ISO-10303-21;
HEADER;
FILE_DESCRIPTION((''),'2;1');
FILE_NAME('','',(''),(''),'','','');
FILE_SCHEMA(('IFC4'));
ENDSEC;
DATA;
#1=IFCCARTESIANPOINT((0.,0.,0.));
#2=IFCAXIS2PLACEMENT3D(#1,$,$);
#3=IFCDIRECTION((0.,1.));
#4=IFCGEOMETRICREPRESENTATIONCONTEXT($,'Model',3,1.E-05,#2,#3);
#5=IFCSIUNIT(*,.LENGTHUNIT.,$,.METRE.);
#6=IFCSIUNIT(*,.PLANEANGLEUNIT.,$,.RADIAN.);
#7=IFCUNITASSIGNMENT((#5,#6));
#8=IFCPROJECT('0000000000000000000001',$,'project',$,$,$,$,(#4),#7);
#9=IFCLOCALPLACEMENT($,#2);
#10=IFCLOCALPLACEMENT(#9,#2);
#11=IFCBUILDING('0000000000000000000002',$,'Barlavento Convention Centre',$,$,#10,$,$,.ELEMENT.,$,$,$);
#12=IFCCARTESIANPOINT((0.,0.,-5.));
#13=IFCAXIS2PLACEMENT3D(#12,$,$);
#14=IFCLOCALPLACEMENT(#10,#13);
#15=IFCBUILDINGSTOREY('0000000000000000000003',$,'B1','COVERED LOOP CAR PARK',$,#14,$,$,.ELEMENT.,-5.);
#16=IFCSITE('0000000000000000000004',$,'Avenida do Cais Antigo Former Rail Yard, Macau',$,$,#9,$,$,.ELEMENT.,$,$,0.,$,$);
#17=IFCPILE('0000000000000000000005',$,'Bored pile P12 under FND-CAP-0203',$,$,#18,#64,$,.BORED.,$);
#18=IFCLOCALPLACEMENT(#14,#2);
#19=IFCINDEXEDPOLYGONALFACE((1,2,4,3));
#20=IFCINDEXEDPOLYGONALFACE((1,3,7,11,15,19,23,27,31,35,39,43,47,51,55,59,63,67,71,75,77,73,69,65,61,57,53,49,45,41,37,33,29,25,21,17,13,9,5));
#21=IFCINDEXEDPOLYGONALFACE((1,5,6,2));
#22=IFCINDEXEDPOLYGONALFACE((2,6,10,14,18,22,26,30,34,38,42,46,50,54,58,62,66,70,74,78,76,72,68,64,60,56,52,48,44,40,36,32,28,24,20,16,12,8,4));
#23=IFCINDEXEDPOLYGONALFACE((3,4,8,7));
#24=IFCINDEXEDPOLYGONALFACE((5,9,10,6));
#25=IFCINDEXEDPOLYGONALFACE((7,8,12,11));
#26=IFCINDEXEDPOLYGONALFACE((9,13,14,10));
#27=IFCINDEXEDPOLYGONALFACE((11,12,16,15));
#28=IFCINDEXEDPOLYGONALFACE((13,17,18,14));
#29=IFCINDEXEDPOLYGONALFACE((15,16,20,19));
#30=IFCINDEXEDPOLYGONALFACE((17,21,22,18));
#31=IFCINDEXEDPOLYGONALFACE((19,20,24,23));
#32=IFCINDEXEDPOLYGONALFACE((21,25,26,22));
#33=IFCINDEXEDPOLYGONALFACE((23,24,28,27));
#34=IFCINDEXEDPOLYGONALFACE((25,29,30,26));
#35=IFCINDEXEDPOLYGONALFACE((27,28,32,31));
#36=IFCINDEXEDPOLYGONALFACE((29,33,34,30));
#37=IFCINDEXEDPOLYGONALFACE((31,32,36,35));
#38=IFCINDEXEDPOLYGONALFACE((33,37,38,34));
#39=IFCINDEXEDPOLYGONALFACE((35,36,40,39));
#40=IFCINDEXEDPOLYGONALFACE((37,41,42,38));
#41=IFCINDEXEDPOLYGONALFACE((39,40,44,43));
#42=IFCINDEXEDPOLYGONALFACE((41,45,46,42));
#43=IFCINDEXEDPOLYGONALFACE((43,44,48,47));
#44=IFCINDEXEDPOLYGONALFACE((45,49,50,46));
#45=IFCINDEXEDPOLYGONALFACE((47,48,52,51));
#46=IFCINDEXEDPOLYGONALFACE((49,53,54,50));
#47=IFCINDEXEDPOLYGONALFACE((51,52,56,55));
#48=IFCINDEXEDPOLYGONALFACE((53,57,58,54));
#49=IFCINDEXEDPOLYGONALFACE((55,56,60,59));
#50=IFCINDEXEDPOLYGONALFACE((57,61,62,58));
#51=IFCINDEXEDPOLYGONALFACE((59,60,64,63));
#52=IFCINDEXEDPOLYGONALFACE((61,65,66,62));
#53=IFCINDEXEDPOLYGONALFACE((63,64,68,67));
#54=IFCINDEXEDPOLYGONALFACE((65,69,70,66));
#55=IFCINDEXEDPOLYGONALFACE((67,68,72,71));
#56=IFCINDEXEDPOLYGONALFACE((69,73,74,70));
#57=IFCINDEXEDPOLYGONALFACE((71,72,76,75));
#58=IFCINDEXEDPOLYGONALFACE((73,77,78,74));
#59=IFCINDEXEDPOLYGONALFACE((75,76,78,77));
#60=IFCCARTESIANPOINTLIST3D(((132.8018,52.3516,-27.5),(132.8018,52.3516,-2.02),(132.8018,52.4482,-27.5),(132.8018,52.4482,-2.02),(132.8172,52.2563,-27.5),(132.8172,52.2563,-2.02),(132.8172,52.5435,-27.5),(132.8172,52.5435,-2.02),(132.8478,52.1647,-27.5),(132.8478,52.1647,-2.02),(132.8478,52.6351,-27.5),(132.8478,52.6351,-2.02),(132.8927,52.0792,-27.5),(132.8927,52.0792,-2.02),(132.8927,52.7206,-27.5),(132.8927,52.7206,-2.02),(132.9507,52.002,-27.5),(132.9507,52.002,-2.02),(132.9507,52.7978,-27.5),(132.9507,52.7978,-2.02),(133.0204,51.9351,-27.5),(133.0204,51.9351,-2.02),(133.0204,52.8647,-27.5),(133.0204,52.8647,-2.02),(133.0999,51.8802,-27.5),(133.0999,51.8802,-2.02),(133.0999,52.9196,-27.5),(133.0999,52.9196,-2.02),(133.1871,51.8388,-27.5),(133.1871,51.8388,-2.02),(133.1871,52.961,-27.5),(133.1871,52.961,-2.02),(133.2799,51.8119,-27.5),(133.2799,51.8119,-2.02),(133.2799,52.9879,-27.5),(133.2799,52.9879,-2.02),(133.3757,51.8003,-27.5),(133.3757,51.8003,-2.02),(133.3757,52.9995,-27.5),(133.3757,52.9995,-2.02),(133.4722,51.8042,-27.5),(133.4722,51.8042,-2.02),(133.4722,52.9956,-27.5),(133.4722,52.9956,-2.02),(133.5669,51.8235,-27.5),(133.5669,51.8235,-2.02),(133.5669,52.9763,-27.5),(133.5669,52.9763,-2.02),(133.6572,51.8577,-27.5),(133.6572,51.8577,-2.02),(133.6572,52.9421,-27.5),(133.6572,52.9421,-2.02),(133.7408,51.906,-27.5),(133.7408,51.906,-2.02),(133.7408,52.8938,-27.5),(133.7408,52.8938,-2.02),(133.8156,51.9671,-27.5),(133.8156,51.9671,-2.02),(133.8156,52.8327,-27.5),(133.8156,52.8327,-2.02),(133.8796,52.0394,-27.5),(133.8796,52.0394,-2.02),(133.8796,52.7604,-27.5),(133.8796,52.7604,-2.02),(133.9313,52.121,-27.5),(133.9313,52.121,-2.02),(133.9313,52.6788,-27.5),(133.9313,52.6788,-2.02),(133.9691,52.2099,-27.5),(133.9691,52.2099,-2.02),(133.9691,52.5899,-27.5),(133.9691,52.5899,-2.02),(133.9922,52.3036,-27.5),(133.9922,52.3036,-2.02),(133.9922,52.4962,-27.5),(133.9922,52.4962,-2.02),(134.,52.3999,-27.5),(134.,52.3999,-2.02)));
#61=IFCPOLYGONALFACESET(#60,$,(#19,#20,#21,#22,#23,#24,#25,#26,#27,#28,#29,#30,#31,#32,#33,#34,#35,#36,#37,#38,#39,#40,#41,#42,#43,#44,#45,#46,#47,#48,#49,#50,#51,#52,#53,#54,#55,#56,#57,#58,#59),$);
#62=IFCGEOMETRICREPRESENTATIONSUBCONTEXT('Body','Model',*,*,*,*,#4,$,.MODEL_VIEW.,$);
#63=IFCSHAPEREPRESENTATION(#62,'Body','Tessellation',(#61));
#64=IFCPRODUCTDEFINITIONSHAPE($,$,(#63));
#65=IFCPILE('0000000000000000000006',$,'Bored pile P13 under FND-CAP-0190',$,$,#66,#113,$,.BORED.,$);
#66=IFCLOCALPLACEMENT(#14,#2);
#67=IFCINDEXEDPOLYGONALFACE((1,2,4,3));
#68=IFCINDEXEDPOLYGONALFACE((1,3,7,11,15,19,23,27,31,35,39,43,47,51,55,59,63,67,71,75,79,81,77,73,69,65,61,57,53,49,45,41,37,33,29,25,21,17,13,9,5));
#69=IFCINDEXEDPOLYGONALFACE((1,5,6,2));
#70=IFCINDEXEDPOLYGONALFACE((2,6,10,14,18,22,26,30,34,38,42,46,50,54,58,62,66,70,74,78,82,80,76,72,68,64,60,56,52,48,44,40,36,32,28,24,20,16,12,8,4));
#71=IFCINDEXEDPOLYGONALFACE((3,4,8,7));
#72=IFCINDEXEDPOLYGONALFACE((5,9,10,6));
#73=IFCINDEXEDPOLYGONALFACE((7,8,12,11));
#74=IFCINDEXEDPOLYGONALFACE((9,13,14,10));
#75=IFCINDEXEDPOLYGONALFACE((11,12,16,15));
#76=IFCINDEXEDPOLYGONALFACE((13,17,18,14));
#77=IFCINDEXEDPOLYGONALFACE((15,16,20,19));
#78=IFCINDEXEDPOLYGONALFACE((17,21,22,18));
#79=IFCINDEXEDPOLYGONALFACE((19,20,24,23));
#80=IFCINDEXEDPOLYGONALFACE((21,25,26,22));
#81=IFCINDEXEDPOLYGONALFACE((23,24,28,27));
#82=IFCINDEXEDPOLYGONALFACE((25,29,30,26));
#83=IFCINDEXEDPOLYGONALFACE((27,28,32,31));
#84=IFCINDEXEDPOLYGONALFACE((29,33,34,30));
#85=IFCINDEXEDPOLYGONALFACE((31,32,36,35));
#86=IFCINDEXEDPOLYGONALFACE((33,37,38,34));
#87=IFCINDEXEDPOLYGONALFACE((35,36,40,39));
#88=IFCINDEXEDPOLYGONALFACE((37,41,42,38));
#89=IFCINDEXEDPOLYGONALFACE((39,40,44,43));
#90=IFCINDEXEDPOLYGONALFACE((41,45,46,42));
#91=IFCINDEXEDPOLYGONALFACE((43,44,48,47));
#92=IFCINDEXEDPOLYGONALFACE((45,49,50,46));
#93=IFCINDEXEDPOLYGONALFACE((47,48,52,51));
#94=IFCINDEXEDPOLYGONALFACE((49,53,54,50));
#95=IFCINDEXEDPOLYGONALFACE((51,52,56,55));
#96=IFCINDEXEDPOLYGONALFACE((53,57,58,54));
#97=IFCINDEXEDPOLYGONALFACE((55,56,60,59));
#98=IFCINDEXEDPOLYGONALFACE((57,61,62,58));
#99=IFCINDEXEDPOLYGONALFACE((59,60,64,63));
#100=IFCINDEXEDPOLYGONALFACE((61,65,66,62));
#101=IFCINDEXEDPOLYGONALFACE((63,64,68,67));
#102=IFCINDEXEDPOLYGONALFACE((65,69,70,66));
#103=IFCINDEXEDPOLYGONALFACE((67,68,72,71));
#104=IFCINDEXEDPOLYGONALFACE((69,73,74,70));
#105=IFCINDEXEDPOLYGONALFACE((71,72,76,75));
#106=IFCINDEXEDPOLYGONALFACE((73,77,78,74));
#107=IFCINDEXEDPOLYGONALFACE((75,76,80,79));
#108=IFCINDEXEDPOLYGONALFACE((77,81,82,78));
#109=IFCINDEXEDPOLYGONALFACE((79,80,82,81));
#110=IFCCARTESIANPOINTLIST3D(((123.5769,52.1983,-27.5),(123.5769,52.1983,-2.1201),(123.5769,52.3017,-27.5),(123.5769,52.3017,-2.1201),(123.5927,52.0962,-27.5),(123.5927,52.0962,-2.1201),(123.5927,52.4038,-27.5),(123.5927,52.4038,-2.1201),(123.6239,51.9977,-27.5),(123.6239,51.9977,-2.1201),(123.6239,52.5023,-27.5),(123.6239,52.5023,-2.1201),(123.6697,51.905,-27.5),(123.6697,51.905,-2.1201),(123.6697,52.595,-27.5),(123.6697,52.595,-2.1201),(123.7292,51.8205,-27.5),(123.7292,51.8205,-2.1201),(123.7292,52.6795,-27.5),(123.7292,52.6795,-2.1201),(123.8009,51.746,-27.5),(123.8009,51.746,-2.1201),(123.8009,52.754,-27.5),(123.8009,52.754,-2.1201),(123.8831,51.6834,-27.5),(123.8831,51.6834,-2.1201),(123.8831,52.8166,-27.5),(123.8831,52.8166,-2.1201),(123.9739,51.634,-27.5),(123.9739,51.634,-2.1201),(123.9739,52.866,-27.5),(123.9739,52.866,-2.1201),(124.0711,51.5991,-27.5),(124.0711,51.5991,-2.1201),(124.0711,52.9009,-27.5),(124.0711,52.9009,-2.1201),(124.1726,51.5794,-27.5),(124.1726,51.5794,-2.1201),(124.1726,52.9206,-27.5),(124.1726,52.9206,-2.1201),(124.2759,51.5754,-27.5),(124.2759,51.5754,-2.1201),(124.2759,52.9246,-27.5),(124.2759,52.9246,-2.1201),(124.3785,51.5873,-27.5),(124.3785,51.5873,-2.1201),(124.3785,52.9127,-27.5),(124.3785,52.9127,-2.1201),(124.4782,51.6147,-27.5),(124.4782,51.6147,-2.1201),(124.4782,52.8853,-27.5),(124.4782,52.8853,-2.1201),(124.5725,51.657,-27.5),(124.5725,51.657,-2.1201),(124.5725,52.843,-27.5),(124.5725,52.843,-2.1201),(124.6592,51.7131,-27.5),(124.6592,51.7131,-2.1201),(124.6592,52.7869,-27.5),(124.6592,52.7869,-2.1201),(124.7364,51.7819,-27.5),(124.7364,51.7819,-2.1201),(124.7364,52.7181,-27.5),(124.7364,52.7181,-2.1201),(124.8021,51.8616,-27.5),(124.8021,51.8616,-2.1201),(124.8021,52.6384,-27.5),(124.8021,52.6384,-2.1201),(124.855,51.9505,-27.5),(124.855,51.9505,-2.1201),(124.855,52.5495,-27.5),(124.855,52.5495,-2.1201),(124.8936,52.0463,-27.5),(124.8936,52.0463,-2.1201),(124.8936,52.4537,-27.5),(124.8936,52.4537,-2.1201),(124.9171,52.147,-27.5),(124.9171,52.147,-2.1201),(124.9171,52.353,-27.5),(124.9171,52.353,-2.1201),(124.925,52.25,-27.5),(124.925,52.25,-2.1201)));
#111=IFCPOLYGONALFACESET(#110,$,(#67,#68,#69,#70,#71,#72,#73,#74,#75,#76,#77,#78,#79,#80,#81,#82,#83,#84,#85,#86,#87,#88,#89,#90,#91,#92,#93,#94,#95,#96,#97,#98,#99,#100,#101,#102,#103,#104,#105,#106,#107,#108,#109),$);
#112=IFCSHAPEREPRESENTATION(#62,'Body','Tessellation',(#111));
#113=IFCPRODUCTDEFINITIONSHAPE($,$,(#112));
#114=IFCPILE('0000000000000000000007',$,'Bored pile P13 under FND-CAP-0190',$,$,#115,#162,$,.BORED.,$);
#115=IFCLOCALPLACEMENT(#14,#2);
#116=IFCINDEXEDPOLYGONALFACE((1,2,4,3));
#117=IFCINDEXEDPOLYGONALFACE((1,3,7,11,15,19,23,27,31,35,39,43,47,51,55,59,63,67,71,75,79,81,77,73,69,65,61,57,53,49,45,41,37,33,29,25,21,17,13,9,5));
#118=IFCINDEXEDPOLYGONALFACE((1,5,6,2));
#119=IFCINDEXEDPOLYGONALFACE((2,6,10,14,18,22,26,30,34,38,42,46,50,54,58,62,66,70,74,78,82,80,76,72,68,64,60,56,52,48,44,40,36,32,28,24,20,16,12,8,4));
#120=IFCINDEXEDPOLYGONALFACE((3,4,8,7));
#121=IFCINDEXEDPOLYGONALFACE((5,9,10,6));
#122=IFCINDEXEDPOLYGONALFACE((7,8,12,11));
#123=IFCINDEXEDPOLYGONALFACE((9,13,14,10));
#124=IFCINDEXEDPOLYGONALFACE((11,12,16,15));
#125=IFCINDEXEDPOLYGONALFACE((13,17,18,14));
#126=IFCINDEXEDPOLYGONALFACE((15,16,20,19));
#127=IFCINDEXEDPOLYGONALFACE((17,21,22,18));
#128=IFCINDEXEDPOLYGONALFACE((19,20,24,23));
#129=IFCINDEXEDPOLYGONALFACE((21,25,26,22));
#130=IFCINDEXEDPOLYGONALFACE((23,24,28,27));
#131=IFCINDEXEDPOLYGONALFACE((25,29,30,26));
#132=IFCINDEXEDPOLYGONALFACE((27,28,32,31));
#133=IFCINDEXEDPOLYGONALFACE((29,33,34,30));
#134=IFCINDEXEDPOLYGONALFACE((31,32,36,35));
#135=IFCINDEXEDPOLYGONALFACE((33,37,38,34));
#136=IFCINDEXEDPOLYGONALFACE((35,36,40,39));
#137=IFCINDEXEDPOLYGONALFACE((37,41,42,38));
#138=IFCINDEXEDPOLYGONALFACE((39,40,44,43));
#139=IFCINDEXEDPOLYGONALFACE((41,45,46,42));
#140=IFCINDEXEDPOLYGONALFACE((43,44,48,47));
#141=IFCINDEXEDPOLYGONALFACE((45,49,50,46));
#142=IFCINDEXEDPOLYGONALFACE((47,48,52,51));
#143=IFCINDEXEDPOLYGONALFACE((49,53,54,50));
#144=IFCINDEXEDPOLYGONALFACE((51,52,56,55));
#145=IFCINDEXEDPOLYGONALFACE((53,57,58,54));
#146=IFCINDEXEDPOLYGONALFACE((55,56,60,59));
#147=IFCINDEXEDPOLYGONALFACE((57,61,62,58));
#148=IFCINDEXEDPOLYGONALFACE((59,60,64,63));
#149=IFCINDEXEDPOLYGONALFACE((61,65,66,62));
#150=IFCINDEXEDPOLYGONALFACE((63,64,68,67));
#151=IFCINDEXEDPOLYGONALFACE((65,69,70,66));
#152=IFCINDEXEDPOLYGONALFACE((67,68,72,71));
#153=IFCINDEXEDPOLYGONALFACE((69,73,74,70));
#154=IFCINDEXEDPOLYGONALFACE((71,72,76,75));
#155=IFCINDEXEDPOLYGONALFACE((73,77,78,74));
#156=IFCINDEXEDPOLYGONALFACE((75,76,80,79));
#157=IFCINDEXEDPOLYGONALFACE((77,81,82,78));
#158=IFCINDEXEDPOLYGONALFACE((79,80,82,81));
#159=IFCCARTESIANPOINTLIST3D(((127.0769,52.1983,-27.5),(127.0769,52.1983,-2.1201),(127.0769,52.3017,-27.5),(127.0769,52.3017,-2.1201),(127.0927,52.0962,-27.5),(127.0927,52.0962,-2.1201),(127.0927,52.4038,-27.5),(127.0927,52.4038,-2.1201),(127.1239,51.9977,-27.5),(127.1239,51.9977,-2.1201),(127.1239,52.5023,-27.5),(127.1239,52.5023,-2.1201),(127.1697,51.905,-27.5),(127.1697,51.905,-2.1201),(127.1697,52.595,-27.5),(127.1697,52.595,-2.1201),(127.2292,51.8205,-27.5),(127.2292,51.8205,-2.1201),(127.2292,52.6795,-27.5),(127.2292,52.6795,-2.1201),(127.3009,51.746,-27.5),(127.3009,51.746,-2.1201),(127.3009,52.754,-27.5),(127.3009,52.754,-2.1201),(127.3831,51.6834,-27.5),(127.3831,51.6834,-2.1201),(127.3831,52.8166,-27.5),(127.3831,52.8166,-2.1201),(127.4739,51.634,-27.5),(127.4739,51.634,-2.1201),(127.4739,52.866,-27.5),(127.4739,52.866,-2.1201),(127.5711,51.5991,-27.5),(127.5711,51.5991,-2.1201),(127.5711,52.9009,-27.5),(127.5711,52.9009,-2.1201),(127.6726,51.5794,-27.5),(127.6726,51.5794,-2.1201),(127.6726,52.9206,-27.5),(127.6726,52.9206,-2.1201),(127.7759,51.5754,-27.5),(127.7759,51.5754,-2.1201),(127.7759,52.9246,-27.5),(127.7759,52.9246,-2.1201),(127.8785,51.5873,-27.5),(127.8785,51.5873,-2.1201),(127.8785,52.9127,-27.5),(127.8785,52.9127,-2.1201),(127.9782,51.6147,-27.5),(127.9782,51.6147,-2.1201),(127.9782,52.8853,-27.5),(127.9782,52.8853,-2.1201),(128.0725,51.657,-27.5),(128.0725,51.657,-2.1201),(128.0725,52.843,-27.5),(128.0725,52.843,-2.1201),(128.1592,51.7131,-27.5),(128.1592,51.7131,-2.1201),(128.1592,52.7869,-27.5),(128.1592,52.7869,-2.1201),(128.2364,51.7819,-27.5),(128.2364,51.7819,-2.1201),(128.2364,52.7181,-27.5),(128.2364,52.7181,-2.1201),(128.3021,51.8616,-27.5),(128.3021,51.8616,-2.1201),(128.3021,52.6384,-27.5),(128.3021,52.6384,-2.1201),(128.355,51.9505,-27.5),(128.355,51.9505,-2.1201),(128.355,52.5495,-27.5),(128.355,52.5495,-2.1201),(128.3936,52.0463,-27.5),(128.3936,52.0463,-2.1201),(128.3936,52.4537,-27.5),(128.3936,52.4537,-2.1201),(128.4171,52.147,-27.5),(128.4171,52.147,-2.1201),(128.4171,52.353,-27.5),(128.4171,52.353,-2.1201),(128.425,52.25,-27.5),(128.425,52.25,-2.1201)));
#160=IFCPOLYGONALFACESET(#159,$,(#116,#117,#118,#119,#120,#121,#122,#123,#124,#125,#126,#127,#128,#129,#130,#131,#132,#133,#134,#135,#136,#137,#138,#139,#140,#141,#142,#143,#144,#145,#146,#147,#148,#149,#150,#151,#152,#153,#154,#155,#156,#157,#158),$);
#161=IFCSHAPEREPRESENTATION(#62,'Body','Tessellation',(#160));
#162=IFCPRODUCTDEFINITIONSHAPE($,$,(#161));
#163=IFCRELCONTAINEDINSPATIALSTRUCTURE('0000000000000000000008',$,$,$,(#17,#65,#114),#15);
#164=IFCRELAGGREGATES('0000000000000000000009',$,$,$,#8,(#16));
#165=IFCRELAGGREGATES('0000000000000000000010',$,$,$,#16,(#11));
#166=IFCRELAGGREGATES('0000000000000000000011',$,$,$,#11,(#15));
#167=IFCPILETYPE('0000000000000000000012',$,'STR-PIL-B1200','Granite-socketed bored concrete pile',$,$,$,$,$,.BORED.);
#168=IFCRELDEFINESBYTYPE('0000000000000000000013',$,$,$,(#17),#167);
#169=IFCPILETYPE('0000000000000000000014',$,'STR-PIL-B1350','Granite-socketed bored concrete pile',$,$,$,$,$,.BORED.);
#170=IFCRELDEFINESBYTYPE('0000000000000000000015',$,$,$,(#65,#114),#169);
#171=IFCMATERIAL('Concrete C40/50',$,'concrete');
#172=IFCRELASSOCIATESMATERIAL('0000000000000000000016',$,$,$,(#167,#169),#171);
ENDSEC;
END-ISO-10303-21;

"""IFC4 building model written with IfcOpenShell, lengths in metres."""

from ifc_helpers import new_model, si_unit, direction, frame, origin, origin_2d, place, context, subcontext, project, spatial, circle, extrude, material, material_profile, profile_set, type_object, element, save


model = new_model("IFC4")

# Units and contexts
model_context = context("Model", 3, precision=1e-05, world=origin(), true_north=direction((0.0, 1.0)))
body_context = subcontext(model_context, "Body", "Model", "MODEL_VIEW")
ifc_project = project(units=[si_unit("LENGTHUNIT", "METRE"), si_unit("PLANEANGLEUNIT", "RADIAN")], contexts=[model_context])

# Site, building, storey
site_placement = place(None, origin())
site = spatial("IfcSite", under=ifc_project, at=site_placement, Name="Avenida do Cais Antigo Former Rail Yard, Macau", CompositionType="ELEMENT", RefElevation=0.0)
building_placement = place(site_placement, origin())
building = spatial("IfcBuilding", under=site, at=building_placement, Name="Barlavento Convention Centre", CompositionType="ELEMENT")
storey_placement = place(building_placement, frame((0.0, 0.0, -5.0)))
storey = spatial("IfcBuildingStorey", under=building, at=storey_placement, Name="B1", Description="COVERED LOOP CAR PARK", CompositionType="ELEMENT", Elevation=-5.0)

# Shared definitions
ifc_material_1 = material(Name="Concrete C40/50", Category="concrete")

# Piles
ifc_material_profile_1 = material_profile(ifc_material_1, circle(Radius=0.6001, at=origin_2d()), Name="BORED PILE 1200")
ifc_profile_set_1 = profile_set([ifc_material_profile_1], Name="Concrete C40/50")
pile_type_1 = type_object("IfcPileType", Name="STR-PIL-B1200", Description="Granite-socketed bored concrete pile", PredefinedType="BORED", material=ifc_profile_set_1)
for number, where, z_axis, x_axis, name in (
    (1, (133.3999, 52.3999, -2.02), (0.0, 0.0, -1.0), (1.0, 0.0, 0.0), "Bored pile P12 under FND-CAP-0203"),
):
    element("IfcPile", number, at=place(storey_placement, frame(where, z_axis=z_axis, x_axis=x_axis)), inside=storey, type_object=pile_type_1, Name=name, PredefinedType="BORED", context=body_context, shape_type="SweptSolid", body=[
        extrude(circle(Radius=0.6001, at=origin_2d()), origin(), (0.0, 0.0, 1.0), 25.48),
    ])
ifc_material_profile_2 = material_profile(ifc_material_1, circle(Radius=0.675, at=origin_2d()), Name="BORED PILE 1350")
ifc_profile_set_2 = profile_set([ifc_material_profile_2], Name="Concrete C40/50")
pile_type_2 = type_object("IfcPileType", Name="STR-PIL-B1350", Description="Granite-socketed bored concrete pile", PredefinedType="BORED", material=ifc_profile_set_2)
for number, where, z_axis, x_axis, name in (
    (2, (124.25, 52.25, -2.1201), (0.0, 0.0, -1.0), (1.0, 0.0, 0.0), "Bored pile P13 under FND-CAP-0190"),
    (3, (127.75, 52.25, -2.1201), (0.0, 0.0, -1.0), (1.0, 0.0, 0.0), "Bored pile P13 under FND-CAP-0190"),
):
    element("IfcPile", number, at=place(storey_placement, frame(where, z_axis=z_axis, x_axis=x_axis)), inside=storey, type_object=pile_type_2, Name=name, PredefinedType="BORED", context=body_context, shape_type="SweptSolid", body=[
        extrude(circle(Radius=0.675, at=origin_2d()), origin(), (0.0, 0.0, 1.0), 25.3799),
    ])

save(model, "model.ifc")
